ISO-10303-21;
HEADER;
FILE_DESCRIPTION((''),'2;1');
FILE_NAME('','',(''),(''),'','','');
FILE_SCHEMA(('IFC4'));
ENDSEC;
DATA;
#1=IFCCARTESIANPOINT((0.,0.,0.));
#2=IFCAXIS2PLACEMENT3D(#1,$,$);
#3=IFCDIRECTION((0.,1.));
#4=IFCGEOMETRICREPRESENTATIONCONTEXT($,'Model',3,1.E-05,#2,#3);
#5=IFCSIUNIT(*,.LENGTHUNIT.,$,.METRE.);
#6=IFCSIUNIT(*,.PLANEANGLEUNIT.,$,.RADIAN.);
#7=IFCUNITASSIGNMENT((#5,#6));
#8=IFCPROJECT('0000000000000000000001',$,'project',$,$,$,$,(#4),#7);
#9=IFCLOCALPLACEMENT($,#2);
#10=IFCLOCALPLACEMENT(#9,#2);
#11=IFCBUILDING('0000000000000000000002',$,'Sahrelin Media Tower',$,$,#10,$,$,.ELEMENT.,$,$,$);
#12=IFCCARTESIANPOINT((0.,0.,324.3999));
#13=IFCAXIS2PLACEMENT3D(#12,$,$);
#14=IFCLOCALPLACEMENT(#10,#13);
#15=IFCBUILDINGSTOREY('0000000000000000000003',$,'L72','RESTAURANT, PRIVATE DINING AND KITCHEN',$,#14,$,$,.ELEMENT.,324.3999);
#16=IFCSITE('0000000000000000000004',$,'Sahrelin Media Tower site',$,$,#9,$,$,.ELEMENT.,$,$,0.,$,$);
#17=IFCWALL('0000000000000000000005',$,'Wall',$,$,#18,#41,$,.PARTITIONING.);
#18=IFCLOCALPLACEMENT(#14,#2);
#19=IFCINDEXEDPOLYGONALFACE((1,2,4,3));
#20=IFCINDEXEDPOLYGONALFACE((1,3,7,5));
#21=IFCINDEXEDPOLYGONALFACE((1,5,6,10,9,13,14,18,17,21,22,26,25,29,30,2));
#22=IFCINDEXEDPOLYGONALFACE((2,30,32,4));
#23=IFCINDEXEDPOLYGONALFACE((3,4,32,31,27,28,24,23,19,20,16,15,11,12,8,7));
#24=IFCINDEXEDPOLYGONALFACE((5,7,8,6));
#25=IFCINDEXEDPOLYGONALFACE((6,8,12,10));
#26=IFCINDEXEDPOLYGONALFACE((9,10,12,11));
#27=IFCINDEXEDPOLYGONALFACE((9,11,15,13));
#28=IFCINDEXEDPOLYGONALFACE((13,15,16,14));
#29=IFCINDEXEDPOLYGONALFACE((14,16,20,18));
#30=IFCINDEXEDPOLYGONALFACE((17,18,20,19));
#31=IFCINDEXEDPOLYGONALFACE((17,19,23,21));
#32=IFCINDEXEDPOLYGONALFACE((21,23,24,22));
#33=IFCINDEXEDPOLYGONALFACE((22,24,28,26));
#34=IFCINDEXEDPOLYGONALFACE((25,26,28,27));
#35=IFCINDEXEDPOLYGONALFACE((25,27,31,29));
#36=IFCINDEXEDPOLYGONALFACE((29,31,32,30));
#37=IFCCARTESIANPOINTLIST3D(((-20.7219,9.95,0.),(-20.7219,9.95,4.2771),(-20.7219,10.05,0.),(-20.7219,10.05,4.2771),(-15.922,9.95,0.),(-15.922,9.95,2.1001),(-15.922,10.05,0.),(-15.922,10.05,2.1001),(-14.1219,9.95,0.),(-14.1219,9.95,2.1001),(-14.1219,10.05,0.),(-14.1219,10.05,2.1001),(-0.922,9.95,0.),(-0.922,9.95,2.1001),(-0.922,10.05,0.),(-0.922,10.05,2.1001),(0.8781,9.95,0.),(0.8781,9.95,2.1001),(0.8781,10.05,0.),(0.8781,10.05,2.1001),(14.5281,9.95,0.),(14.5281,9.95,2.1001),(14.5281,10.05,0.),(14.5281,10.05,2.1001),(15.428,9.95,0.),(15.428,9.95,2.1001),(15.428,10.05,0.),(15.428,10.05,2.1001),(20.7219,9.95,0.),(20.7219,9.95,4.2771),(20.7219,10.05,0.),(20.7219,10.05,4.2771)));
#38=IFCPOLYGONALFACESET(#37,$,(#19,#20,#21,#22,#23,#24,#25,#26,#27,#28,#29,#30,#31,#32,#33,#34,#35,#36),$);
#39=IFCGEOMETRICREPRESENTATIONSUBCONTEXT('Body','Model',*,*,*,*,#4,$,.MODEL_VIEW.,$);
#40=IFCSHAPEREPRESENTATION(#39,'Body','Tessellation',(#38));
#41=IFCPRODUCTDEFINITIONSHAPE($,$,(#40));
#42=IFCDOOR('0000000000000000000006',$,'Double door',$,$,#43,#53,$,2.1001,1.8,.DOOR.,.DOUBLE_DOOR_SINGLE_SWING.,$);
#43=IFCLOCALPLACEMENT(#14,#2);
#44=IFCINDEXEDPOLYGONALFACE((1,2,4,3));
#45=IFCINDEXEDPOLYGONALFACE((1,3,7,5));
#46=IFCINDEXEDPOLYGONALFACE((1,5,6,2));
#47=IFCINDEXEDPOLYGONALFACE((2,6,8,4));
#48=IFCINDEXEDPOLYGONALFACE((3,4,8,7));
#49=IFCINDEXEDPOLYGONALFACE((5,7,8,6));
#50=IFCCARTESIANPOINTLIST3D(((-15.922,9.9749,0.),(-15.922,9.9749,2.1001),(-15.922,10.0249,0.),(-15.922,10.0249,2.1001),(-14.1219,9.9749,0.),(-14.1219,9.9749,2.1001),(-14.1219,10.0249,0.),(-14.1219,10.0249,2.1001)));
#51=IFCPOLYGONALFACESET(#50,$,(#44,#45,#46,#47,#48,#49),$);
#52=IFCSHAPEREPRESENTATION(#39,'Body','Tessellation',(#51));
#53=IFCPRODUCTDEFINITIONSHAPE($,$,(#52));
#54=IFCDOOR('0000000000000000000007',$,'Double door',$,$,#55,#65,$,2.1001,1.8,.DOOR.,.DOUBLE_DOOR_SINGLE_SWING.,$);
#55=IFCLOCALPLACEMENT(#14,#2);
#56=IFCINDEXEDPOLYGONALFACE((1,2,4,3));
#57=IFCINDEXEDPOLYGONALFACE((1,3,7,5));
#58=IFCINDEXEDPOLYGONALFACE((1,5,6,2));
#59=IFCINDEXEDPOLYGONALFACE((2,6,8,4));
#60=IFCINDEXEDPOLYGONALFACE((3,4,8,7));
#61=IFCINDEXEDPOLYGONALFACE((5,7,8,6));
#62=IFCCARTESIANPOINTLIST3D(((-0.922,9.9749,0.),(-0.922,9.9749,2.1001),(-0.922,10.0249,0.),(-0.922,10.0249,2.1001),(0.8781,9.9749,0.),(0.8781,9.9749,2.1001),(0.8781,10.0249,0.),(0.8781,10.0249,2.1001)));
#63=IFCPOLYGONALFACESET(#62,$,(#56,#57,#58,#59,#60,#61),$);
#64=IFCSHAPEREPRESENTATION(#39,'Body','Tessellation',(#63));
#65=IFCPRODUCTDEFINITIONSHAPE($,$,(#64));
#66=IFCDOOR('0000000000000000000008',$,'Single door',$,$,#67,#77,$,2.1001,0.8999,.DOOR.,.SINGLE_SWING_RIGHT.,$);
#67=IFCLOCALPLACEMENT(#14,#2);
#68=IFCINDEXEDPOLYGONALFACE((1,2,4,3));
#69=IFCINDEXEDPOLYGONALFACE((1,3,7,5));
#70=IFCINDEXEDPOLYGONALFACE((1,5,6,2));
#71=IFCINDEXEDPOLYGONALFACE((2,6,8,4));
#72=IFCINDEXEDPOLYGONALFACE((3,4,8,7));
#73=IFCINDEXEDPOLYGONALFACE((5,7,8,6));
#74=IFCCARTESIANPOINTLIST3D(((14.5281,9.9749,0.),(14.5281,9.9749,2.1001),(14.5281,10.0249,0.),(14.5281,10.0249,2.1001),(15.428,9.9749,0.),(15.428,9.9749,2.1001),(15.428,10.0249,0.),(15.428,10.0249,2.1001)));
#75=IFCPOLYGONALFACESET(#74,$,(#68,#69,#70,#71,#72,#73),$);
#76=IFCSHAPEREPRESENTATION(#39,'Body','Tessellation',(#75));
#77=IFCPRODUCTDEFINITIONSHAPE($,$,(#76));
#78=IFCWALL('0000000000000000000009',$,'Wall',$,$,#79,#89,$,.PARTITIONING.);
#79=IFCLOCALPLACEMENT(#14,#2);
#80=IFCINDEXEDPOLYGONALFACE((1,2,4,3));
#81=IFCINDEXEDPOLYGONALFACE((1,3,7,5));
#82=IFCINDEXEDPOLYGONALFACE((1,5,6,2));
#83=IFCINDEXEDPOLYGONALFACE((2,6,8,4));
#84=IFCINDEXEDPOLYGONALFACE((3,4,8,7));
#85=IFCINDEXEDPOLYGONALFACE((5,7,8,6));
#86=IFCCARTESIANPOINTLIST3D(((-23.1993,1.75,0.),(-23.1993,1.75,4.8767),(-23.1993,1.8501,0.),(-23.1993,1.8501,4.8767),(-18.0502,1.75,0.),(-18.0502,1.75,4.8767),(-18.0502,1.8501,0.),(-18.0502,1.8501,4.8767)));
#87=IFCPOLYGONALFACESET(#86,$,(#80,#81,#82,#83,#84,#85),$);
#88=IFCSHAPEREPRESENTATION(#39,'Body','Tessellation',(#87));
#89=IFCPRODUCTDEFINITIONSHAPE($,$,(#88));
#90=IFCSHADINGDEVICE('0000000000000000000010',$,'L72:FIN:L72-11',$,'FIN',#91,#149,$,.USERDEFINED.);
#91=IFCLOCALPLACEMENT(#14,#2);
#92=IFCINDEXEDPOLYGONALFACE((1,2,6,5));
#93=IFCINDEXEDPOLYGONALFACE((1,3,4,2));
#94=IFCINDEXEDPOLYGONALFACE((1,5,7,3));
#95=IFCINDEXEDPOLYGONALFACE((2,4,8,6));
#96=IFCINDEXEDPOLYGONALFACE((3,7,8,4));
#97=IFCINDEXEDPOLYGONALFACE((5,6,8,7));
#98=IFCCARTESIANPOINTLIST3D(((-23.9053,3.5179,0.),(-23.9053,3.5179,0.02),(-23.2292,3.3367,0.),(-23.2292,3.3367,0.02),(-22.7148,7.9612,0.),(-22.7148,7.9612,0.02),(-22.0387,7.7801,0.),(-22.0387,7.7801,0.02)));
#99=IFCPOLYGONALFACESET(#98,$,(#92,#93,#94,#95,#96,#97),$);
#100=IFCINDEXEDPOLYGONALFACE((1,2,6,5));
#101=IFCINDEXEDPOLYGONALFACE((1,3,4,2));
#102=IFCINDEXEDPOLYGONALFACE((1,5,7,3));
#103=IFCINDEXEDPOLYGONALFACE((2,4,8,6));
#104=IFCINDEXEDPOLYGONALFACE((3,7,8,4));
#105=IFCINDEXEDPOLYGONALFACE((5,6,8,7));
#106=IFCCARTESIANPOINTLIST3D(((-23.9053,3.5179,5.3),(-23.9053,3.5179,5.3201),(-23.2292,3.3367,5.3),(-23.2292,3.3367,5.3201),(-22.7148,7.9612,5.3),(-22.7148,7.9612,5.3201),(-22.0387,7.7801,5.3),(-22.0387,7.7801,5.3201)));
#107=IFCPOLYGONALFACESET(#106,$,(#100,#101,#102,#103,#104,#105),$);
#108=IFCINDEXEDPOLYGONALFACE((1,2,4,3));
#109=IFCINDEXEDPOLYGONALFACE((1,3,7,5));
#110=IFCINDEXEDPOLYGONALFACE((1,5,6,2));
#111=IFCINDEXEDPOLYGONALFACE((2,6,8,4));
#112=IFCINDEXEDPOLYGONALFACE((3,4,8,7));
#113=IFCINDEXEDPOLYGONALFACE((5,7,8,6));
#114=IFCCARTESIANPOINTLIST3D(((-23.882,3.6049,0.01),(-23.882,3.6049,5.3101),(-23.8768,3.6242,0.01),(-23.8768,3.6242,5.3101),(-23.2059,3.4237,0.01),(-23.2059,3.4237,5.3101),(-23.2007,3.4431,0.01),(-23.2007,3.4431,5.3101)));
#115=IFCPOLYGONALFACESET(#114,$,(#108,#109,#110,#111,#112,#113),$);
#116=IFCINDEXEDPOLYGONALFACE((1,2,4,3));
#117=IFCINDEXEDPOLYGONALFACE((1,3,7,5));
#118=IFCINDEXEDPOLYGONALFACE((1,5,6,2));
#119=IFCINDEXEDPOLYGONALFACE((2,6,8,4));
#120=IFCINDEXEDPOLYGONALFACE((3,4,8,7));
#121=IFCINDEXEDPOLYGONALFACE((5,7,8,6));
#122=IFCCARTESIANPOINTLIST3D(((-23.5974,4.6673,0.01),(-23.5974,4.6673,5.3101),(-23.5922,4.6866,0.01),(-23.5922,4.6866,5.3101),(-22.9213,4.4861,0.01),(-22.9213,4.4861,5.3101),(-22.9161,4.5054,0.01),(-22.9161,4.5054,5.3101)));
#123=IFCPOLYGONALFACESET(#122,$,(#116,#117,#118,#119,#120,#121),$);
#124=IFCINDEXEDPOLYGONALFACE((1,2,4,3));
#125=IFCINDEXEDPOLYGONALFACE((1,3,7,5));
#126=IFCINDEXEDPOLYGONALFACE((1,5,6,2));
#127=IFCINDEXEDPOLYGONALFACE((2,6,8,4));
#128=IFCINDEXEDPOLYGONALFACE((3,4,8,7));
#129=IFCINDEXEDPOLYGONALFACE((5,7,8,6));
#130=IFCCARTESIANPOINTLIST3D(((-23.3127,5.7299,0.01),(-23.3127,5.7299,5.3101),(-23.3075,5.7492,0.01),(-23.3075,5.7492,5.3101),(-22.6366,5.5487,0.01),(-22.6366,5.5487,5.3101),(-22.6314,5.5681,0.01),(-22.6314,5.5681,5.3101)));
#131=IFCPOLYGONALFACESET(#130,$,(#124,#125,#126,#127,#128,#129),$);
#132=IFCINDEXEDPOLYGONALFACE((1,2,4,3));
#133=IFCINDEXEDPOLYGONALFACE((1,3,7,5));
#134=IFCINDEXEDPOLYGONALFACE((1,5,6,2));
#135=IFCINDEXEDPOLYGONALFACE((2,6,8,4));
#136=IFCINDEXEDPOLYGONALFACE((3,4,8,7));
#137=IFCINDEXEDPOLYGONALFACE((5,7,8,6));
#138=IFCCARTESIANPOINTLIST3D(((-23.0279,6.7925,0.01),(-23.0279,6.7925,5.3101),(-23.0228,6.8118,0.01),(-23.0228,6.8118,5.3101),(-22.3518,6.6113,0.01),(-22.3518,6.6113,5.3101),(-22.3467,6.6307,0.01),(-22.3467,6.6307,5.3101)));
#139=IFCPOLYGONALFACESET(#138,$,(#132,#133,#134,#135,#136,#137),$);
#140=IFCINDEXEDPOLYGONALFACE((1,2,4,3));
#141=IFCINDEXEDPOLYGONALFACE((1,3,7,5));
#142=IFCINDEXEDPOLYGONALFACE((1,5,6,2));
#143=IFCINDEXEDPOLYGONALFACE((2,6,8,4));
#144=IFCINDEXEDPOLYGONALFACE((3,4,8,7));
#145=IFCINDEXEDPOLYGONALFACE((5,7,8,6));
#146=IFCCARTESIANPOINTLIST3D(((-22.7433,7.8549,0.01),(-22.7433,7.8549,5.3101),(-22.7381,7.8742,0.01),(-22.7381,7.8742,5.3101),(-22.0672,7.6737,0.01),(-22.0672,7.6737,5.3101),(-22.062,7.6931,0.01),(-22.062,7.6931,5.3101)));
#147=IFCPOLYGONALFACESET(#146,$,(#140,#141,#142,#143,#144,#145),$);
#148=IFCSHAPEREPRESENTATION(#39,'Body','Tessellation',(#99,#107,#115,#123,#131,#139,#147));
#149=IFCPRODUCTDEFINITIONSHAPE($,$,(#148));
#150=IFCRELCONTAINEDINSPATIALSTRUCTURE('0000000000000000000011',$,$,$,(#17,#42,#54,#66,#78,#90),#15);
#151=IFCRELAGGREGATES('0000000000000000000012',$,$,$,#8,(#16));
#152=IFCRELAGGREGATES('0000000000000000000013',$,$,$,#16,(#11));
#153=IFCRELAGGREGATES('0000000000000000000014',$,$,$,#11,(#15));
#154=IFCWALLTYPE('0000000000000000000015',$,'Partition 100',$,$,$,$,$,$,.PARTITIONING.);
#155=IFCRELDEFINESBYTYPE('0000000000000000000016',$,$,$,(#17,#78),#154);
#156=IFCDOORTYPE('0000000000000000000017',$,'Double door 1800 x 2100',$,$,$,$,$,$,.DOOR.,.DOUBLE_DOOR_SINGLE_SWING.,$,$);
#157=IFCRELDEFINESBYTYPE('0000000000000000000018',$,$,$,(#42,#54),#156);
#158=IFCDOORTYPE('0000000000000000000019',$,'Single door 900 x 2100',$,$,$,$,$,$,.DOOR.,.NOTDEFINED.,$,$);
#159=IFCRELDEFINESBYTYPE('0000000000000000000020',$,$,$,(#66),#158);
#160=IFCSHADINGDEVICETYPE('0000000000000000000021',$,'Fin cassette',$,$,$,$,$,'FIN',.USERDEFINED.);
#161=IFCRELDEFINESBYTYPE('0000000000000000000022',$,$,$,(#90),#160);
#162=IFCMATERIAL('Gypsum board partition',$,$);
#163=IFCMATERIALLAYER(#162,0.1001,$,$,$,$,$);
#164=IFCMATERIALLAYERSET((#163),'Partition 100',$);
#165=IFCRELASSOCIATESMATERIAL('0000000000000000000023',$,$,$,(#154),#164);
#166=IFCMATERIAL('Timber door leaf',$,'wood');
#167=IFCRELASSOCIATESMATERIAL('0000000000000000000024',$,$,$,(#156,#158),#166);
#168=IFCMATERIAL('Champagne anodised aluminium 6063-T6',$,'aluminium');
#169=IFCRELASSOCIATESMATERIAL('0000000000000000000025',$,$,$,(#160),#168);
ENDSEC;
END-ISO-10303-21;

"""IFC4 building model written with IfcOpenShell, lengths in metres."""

from ifc_helpers import new_model, si_unit, direction, frame, frame_2d, origin, origin_2d, place, context, subcontext, project, spatial, rectangle, extrude, material, layer, layer_set, type_object, element, fill, save


model = new_model("IFC4")

# Units and contexts
model_context = context("Model", 3, precision=1e-05, world=origin(), true_north=direction((0.0, 1.0)))
body_context = subcontext(model_context, "Body", "Model", "MODEL_VIEW")
ifc_project = project(units=[si_unit("LENGTHUNIT", "METRE"), si_unit("PLANEANGLEUNIT", "RADIAN")], contexts=[model_context])

# Site, building, storey
site_placement = place(None, origin())
site = spatial("IfcSite", under=ifc_project, at=site_placement, Name="Sahrelin Media Tower site", CompositionType="ELEMENT", RefElevation=0.0)
building_placement = place(site_placement, origin())
building = spatial("IfcBuilding", under=site, at=building_placement, Name="Sahrelin Media Tower", CompositionType="ELEMENT")
storey_placement = place(building_placement, frame((0.0, 0.0, 324.3999)))
storey = spatial("IfcBuildingStorey", under=building, at=storey_placement, Name="L72", Description="RESTAURANT, PRIVATE DINING AND KITCHEN", CompositionType="ELEMENT", Elevation=324.3999)

# Shared definitions
ifc_material_1 = material(Name="Champagne anodised aluminium 6063-T6", Category="aluminium")

# Wall, openings, doors
ifc_material_2 = material(Name="Gypsum board partition")
ifc_layer_1 = layer(ifc_material_2, 0.1001)
ifc_layer_set_1 = layer_set([ifc_layer_1], Name="Partition 100")
wall_type_1 = type_object("IfcWallType", Name="Partition 100", PredefinedType="PARTITIONING", material=ifc_layer_set_1)
wall_1_placement = place(storey_placement, frame((-20.7219, 10.0, 0.0), z_axis=(0.0, 0.0, 1.0), x_axis=(1.0, 0.0, 0.0)))
wall_1 = element("IfcWall", 1, at=wall_1_placement, inside=storey, type_object=wall_type_1, Name="Wall", PredefinedType="PARTITIONING", context=body_context, shape_type="SweptSolid", body=[
    extrude(rectangle(XDim=41.4438, YDim=0.1001, at=frame_2d((20.7219, 0.0))), origin(), (0.0, 0.0, 1.0), 4.2771),
])
opening_1_placement = place(wall_1_placement, frame((4.8, 0.0, 0.0)))
opening_1 = element("IfcOpeningElement", 2, at=opening_1_placement, cuts=wall_1, PredefinedType="OPENING", context=body_context, shape_type="SweptSolid", body=[
    extrude(rectangle(XDim=1.8, YDim=2.1001, at=frame_2d((0.8999, 1.05))), frame((0.0, 0.05, 0.0), z_axis=(0.0, -1.0, 0.0), x_axis=(1.0, 0.0, 0.0)), (0.0, 0.0, 1.0), 0.1001),
])
opening_2_placement = place(wall_1_placement, frame((19.8, 0.0, 0.0)))
opening_2 = element("IfcOpeningElement", 3, at=opening_2_placement, cuts=wall_1, PredefinedType="OPENING", context=body_context, shape_type="SweptSolid", body=[
    extrude(rectangle(XDim=1.8, YDim=2.1001, at=frame_2d((0.8999, 1.05))), frame((0.0, 0.05, 0.0), z_axis=(0.0, -1.0, 0.0), x_axis=(1.0, 0.0, 0.0)), (0.0, 0.0, 1.0), 0.1001),
])
opening_3_placement = place(wall_1_placement, frame((35.25, 0.0, 0.0)))
opening_3 = element("IfcOpeningElement", 4, at=opening_3_placement, cuts=wall_1, PredefinedType="OPENING", context=body_context, shape_type="SweptSolid", body=[
    extrude(rectangle(XDim=0.8999, YDim=2.1001, at=frame_2d((0.45, 1.05))), frame((0.0, 0.05, 0.0), z_axis=(0.0, -1.0, 0.0), x_axis=(1.0, 0.0, 0.0)), (0.0, 0.0, 1.0), 0.1001),
])
ifc_material_3 = material(Name="Timber door leaf", Category="wood")
door_type_1 = type_object("IfcDoorType", Name="Double door 1800 x 2100", OperationType="DOUBLE_DOOR_SINGLE_SWING", PredefinedType="DOOR", material=ifc_material_3)
door_1_placement = place(opening_1_placement, origin())
door_1 = element("IfcDoor", 5, at=door_1_placement, inside=storey, type_object=door_type_1, Name="Double door", OperationType="DOUBLE_DOOR_SINGLE_SWING", OverallHeight=2.1001, OverallWidth=1.8, PredefinedType="DOOR", context=body_context, shape_type="SweptSolid", body=[
    extrude(rectangle(XDim=1.8, YDim=2.1001, at=frame_2d((0.8999, 1.05))), frame((0.0, 0.0249, 0.0), z_axis=(0.0, -1.0, 0.0), x_axis=(1.0, 0.0, 0.0)), (0.0, 0.0, 1.0), 0.05),
])
fill(opening_1, door_1)
door_2_placement = place(opening_2_placement, origin())
door_2 = element("IfcDoor", 6, at=door_2_placement, inside=storey, type_object=door_type_1, Name="Double door", OperationType="DOUBLE_DOOR_SINGLE_SWING", OverallHeight=2.1001, OverallWidth=1.8, PredefinedType="DOOR", context=body_context, shape_type="SweptSolid", body=[
    extrude(rectangle(XDim=1.8, YDim=2.1001, at=frame_2d((0.8999, 1.05))), frame((0.0, 0.0249, 0.0), z_axis=(0.0, -1.0, 0.0), x_axis=(1.0, 0.0, 0.0)), (0.0, 0.0, 1.0), 0.05),
])
fill(opening_2, door_2)
door_type_2 = type_object("IfcDoorType", Name="Single door 900 x 2100", OperationType="NOTDEFINED", PredefinedType="DOOR", material=ifc_material_3)
door_3_placement = place(opening_3_placement, origin())
door_3 = element("IfcDoor", 7, at=door_3_placement, inside=storey, type_object=door_type_2, Name="Single door", OperationType="SINGLE_SWING_RIGHT", OverallHeight=2.1001, OverallWidth=0.8999, PredefinedType="DOOR", context=body_context, shape_type="SweptSolid", body=[
    extrude(rectangle(XDim=0.8999, YDim=2.1001, at=frame_2d((0.45, 1.05))), frame((0.0, 0.0249, 0.0), z_axis=(0.0, -1.0, 0.0), x_axis=(1.0, 0.0, 0.0)), (0.0, 0.0, 1.0), 0.05),
])
fill(opening_3, door_3)

# Wall
wall_2_placement = place(storey_placement, frame((-18.05, 1.8, 0.0), z_axis=(0.0, 0.0, 1.0), x_axis=(-1.0, 0.0, 0.0)))
element("IfcWall", 8, at=wall_2_placement, inside=storey, type_object=wall_type_1, Name="Wall", PredefinedType="PARTITIONING", context=body_context, shape_type="SweptSolid", body=[
    extrude(rectangle(XDim=5.1492, YDim=0.1001, at=frame_2d((2.5747, 0.0))), origin(), (0.0, 0.0, 1.0), 4.8767),
])

# Shading device
shading_device_type_1 = type_object("IfcShadingDeviceType", Name="Fin cassette", ElementType="FIN", PredefinedType="USERDEFINED", material=ifc_material_1)
placement = place(storey_placement, frame((-22.5664, 5.5403, 0.0), z_axis=(0.0, 0.0, 1.0), x_axis=(0.258808, 0.965929, 0.0)))
element("IfcShadingDevice", 9, at=placement, inside=storey, type_object=shading_device_type_1, Name="L72:FIN:L72-11", ObjectType="FIN", PredefinedType="USERDEFINED", context=body_context, shape_type="SweptSolid", body=[
    extrude(rectangle(XDim=4.6001, YDim=0.7, at=origin_2d()), frame((0.0, 0.4199, 0.0)), (0.0, 0.0, 1.0), 0.02),
    extrude(rectangle(XDim=4.6001, YDim=0.7, at=origin_2d()), frame((0.0, 0.4199, 5.3)), (0.0, 0.0, 1.0), 0.02),
    extrude(rectangle(XDim=0.02, YDim=0.7, at=origin_2d()), frame((-2.2, 0.4199, 0.01), z_axis=(0.0, 0.0, 1.0), x_axis=(1.0, 0.0, 0.0)), (0.0, 0.0, 1.0), 5.3),
    extrude(rectangle(XDim=0.02, YDim=0.7, at=origin_2d()), frame((-1.1001, 0.4199, 0.01), z_axis=(0.0, 0.0, 1.0), x_axis=(1.0, 0.0, 0.0)), (0.0, 0.0, 1.0), 5.3),
    extrude(rectangle(XDim=0.02, YDim=0.7, at=origin_2d()), frame((0.0, 0.4199, 0.01), z_axis=(0.0, 0.0, 1.0), x_axis=(1.0, 0.0, 0.0)), (0.0, 0.0, 1.0), 5.3),
    extrude(rectangle(XDim=0.02, YDim=0.7, at=origin_2d()), frame((1.1001, 0.4199, 0.01), z_axis=(0.0, 0.0, 1.0), x_axis=(1.0, 0.0, 0.0)), (0.0, 0.0, 1.0), 5.3),
    extrude(rectangle(XDim=0.02, YDim=0.7, at=origin_2d()), frame((2.2, 0.4199, 0.01), z_axis=(0.0, 0.0, 1.0), x_axis=(1.0, 0.0, 0.0)), (0.0, 0.0, 1.0), 5.3),
])

save(model, "model.ifc")
